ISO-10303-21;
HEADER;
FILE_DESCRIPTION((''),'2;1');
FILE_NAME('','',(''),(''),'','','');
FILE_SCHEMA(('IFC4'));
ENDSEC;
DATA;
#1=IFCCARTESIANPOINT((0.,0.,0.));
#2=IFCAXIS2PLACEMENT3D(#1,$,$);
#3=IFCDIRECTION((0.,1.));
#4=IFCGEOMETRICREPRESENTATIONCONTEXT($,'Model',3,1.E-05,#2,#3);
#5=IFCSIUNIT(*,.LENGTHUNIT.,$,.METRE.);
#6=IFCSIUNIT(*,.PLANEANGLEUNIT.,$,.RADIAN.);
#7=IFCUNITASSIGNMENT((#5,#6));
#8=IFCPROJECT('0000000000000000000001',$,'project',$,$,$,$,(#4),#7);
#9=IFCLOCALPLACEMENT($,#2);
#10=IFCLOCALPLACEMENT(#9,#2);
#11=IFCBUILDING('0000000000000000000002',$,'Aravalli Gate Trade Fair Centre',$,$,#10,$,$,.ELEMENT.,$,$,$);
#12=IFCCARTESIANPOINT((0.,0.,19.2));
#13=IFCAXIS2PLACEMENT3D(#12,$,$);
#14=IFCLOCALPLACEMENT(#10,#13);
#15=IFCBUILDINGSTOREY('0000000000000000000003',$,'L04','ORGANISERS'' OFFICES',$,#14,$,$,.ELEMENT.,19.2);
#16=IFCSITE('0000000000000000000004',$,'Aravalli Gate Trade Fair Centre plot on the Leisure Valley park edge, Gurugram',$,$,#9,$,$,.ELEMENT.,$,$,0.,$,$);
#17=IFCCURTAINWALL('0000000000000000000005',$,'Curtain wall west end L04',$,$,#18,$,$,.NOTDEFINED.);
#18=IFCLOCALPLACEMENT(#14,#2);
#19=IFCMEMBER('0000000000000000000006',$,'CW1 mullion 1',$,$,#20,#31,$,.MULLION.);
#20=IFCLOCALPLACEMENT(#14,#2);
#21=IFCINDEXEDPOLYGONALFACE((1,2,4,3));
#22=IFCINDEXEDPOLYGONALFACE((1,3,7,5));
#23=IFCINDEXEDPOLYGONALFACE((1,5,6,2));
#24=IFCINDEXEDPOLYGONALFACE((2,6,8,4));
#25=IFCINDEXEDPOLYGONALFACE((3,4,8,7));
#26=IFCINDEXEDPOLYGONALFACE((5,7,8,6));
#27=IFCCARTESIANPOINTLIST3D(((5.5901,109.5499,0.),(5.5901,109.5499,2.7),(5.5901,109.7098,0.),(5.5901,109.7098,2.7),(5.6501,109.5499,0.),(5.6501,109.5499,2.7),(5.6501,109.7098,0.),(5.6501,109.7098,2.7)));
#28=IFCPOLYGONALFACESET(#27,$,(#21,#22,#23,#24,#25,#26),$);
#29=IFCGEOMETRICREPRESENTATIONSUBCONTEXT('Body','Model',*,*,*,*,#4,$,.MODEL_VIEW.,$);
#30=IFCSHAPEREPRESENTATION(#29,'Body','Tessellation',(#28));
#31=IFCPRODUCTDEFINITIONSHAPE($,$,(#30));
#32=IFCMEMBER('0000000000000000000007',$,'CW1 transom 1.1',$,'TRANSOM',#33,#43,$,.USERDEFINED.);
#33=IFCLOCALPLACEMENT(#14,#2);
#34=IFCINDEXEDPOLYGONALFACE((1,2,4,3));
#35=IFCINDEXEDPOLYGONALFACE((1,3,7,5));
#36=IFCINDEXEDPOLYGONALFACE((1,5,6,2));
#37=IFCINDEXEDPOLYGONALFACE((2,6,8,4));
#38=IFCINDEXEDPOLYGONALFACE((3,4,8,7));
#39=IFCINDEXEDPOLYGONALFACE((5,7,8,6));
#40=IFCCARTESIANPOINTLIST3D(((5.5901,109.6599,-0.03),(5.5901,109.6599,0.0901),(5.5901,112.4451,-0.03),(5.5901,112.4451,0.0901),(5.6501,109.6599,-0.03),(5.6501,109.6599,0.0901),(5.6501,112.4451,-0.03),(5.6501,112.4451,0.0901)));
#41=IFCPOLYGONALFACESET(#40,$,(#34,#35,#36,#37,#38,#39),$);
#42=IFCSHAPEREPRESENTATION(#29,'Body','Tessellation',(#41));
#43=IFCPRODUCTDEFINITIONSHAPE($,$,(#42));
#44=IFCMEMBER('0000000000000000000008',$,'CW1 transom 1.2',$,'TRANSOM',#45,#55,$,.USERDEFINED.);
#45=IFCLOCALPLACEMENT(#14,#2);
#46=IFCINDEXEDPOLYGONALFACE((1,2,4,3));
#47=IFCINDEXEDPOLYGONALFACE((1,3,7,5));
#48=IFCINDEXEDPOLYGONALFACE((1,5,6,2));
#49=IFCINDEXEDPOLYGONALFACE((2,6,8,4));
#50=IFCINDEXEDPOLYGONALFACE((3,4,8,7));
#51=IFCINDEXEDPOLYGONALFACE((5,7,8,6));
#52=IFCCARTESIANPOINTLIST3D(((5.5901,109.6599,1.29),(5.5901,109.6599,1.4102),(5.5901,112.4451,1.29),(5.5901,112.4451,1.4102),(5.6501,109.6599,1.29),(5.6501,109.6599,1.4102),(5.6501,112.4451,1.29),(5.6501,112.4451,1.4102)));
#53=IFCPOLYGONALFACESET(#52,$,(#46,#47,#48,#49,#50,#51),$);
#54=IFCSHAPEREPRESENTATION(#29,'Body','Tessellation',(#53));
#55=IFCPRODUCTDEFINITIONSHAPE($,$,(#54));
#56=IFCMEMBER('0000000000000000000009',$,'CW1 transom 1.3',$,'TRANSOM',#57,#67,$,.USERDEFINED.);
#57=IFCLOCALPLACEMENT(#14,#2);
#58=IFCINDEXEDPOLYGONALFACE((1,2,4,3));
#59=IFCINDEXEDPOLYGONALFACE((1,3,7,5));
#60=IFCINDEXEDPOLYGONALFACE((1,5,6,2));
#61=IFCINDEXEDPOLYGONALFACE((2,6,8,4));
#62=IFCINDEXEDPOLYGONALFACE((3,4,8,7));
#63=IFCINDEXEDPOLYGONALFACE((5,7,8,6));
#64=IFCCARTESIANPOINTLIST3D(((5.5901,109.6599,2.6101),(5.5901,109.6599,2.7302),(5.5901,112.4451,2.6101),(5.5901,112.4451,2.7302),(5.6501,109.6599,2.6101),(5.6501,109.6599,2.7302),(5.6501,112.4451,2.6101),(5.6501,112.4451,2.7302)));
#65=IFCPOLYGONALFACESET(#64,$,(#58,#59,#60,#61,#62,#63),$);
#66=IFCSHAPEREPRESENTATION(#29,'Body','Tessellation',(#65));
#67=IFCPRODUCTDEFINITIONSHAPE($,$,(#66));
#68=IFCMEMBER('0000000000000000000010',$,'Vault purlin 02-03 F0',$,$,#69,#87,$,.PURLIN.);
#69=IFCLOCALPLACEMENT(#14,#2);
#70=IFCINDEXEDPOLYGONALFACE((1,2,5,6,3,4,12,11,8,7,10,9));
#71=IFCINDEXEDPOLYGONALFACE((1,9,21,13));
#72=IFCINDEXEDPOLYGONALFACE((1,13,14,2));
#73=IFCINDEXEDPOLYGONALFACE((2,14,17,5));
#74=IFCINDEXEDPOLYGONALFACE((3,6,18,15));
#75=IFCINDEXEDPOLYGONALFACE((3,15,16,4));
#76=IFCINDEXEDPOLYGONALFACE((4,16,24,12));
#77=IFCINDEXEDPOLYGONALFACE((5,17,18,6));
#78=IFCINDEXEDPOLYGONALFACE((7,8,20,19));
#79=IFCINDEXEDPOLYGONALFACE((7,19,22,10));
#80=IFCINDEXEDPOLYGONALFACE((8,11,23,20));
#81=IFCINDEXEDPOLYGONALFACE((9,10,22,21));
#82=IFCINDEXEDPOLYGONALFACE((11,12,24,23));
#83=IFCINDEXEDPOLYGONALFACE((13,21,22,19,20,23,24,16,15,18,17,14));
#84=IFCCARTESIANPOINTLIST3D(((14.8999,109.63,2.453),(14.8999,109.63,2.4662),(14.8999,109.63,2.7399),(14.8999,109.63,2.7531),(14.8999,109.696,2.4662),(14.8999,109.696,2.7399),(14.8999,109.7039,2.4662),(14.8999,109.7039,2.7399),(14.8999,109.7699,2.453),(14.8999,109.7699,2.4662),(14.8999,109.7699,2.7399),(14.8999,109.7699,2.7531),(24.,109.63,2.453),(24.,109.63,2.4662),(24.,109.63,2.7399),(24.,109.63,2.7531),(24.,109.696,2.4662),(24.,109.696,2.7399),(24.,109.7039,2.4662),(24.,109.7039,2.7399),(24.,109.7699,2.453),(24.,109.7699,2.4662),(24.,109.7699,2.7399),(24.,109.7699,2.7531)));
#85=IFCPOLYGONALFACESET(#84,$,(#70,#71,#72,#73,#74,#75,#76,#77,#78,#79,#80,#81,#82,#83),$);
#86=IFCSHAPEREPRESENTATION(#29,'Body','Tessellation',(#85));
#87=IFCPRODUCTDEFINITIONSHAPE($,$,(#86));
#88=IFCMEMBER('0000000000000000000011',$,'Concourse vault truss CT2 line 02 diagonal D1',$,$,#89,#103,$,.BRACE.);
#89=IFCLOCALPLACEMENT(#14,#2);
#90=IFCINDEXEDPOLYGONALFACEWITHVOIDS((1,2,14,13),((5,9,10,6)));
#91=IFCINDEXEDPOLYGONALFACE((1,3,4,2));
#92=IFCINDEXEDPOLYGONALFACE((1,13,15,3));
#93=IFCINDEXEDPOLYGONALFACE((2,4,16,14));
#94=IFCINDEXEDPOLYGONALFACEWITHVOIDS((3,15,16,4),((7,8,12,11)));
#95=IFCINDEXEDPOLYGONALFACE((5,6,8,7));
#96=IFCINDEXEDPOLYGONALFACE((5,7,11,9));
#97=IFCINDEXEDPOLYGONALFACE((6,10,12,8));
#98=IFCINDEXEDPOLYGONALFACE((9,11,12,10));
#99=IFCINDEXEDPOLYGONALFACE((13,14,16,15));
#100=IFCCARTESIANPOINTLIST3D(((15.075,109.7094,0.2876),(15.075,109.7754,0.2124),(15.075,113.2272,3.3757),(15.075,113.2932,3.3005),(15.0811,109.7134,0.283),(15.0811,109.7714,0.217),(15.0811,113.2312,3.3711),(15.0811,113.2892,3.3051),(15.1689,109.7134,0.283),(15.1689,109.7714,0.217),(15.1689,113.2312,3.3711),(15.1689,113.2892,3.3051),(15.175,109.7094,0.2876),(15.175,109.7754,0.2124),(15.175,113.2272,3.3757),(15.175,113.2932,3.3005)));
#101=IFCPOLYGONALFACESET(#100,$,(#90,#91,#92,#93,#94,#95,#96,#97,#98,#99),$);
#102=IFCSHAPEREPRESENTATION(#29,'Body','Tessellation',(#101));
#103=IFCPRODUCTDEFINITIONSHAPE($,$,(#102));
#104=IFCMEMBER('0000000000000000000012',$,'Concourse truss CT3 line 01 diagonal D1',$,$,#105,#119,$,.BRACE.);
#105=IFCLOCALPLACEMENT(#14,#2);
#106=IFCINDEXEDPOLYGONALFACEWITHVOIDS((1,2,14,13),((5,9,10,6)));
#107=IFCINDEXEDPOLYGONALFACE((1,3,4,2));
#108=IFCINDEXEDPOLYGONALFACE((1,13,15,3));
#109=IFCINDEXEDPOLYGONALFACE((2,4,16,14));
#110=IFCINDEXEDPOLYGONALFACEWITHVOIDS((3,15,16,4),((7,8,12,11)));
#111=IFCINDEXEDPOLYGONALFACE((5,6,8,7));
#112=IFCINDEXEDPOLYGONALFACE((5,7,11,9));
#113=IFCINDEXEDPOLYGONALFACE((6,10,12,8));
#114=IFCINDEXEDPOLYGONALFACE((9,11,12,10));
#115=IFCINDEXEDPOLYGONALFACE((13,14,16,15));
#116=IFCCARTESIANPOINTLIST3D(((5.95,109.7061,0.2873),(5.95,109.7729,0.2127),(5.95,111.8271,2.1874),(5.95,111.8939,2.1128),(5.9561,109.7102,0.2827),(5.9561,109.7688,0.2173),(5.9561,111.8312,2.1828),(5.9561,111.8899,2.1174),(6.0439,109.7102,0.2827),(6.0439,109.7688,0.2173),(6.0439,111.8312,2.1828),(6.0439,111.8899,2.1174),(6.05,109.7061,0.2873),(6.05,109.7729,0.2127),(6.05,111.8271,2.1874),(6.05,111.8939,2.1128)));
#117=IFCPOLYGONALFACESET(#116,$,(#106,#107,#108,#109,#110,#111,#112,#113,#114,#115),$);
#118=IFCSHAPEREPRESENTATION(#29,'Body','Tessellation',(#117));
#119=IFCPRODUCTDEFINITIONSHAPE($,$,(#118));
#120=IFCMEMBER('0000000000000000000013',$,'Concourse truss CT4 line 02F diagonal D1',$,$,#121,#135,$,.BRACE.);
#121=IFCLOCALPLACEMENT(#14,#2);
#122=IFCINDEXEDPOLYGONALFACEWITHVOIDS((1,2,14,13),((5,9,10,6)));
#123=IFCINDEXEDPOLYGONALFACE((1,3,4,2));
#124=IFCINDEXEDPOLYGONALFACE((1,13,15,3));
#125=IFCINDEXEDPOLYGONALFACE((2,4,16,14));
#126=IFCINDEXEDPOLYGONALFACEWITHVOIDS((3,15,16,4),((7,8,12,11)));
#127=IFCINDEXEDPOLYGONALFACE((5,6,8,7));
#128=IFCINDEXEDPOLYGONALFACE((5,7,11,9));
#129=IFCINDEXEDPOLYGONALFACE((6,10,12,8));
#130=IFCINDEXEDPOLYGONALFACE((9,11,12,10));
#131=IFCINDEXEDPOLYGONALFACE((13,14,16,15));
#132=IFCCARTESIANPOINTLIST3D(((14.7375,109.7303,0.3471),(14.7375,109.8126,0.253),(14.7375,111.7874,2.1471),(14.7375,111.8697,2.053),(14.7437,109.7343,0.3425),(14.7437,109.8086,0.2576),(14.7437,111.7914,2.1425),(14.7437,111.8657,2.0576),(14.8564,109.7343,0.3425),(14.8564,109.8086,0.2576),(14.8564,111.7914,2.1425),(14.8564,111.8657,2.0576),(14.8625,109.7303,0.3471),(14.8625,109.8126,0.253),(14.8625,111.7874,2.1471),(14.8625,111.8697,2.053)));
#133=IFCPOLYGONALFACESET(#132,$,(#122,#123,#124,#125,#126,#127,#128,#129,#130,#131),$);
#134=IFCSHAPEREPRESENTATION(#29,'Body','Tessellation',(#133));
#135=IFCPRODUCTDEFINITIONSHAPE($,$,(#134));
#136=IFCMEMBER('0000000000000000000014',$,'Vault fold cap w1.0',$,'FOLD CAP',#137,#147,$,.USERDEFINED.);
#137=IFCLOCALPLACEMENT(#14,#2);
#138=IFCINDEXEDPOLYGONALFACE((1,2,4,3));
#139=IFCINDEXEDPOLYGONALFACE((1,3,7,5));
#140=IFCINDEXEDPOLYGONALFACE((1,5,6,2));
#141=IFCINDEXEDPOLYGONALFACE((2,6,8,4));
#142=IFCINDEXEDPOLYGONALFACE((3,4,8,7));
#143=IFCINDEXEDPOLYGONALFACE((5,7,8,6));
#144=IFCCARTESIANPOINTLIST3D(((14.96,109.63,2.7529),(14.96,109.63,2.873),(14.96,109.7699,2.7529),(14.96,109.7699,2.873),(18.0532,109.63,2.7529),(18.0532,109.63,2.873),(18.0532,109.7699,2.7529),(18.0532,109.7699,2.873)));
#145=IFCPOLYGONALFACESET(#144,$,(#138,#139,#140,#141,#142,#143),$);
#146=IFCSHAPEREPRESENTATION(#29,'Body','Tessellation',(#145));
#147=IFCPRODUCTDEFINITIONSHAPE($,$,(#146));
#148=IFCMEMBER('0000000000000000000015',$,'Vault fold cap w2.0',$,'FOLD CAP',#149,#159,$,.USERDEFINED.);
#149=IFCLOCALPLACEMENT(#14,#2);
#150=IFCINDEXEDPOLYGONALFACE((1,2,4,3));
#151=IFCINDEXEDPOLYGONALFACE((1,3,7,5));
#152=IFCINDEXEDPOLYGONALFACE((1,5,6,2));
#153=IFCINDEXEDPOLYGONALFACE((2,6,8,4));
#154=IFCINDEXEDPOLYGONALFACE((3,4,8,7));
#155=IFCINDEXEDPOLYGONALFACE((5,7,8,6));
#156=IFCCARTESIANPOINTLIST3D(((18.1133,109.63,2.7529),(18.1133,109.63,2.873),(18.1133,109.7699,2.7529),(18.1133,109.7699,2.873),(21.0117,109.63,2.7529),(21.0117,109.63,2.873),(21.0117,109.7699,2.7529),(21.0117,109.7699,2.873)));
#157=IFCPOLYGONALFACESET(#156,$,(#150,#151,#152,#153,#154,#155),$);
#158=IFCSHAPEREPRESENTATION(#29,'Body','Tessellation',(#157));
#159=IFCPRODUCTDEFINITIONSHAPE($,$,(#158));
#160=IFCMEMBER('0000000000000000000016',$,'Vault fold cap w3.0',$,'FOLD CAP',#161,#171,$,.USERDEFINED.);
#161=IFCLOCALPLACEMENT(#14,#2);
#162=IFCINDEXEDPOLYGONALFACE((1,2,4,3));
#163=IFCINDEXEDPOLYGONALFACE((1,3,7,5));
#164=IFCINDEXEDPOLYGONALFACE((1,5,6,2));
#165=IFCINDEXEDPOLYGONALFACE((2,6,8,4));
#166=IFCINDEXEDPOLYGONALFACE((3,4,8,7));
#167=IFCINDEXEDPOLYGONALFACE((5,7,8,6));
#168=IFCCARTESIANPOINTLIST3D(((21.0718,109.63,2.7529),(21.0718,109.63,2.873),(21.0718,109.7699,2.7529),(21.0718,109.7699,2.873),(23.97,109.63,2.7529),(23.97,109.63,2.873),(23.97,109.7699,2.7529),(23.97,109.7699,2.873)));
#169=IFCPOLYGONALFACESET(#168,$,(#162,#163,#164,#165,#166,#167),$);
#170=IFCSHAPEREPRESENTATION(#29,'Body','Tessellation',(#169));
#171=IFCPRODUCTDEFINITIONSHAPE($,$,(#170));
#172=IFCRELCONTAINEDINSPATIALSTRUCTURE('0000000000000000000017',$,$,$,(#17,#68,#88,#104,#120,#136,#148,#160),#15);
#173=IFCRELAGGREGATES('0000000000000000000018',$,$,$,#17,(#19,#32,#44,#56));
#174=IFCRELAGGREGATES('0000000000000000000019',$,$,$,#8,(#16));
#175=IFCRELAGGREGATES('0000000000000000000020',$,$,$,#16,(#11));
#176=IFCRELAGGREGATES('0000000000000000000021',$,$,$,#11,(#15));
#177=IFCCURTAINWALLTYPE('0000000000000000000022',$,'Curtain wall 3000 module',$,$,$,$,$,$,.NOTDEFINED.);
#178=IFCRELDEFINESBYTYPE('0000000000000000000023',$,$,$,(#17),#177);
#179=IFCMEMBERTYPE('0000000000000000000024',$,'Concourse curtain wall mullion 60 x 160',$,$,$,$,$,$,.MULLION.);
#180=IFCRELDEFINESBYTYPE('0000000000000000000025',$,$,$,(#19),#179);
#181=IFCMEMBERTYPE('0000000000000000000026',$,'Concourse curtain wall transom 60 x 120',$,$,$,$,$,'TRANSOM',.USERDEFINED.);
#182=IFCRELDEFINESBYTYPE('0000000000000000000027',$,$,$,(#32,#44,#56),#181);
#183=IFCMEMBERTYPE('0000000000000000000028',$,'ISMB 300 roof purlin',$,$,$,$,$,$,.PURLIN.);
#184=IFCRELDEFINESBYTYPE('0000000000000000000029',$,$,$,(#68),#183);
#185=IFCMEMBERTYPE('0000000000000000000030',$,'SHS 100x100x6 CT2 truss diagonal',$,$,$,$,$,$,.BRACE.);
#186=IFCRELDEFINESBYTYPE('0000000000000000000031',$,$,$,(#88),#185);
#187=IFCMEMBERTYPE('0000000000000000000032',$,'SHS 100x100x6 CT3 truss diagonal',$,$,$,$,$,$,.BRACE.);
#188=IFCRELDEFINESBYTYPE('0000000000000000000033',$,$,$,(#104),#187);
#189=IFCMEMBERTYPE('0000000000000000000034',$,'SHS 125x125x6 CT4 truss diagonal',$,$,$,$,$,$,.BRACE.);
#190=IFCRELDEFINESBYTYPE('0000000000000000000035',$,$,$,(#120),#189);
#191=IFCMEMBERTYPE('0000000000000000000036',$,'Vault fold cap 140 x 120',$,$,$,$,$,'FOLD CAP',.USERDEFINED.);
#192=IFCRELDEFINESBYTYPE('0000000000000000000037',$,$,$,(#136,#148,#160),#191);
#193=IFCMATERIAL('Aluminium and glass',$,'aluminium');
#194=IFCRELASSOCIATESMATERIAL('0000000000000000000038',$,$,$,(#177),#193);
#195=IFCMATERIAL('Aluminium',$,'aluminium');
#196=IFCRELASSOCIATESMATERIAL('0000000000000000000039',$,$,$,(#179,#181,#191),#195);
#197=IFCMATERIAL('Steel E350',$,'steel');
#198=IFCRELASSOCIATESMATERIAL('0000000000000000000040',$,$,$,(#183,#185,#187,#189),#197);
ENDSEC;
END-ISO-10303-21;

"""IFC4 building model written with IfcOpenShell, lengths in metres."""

from ifc_helpers import new_model, si_unit, direction, frame, origin, origin_2d, place, context, subcontext, project, spatial, rectangle, hollow_rectangle, i_section, extrude, material, material_profile, profile_set, type_object, element, aggregate, save


model = new_model("IFC4")

# Units and contexts
model_context = context("Model", 3, precision=1e-05, world=origin(), true_north=direction((0.0, 1.0)))
body_context = subcontext(model_context, "Body", "Model", "MODEL_VIEW")
ifc_project = project(units=[si_unit("LENGTHUNIT", "METRE"), si_unit("PLANEANGLEUNIT", "RADIAN")], contexts=[model_context])

# Site, building, storey
site_placement = place(None, origin())
site = spatial("IfcSite", under=ifc_project, at=site_placement, Name="Aravalli Gate Trade Fair Centre plot on the Leisure Valley park edge, Gurugram", CompositionType="ELEMENT", RefElevation=0.0)
building_placement = place(site_placement, origin())
building = spatial("IfcBuilding", under=site, at=building_placement, Name="Aravalli Gate Trade Fair Centre", CompositionType="ELEMENT")
storey_placement = place(building_placement, frame((0.0, 0.0, 19.2)))
storey = spatial("IfcBuildingStorey", under=building, at=storey_placement, Name="L04", Description="ORGANISERS' OFFICES", CompositionType="ELEMENT", Elevation=19.2)

# Curtain wall, members
ifc_material_1 = material(Name="Aluminium and glass", Category="aluminium")
curtain_wall_type_1 = type_object("IfcCurtainWallType", Name="Curtain wall 3000 module", PredefinedType="NOTDEFINED", material=ifc_material_1)
curtain_wall_1_placement = place(storey_placement, origin())
curtain_wall_1 = element("IfcCurtainWall", 1, at=curtain_wall_1_placement, inside=storey, type_object=curtain_wall_type_1, Name="Curtain wall west end L04", PredefinedType="NOTDEFINED")
ifc_material_2 = material(Name="Aluminium", Category="aluminium")
ifc_material_profile_1 = material_profile(ifc_material_2, rectangle(XDim=0.0601, YDim=0.1599, at=origin_2d()), Name="Concourse curtain wall mullion 60 x 160")
ifc_profile_set_1 = profile_set([ifc_material_profile_1], Name="Aluminium")
member_type_1 = type_object("IfcMemberType", Name="Concourse curtain wall mullion 60 x 160", PredefinedType="MULLION", material=ifc_profile_set_1)
member_1_placement = place(storey_placement, frame((5.6201, 109.6299, 0.0), z_axis=(0.0, 0.0, 1.0), x_axis=(-1.0, 0.0, 0.0)))
member_1 = element("IfcMember", 2, at=member_1_placement, type_object=member_type_1, Name="CW1 mullion 1", PredefinedType="MULLION", context=body_context, shape_type="SweptSolid", body=[
    extrude(rectangle(XDim=0.0601, YDim=0.1599, at=origin_2d()), origin(), (0.0, 0.0, 1.0), 2.7),
])
ifc_material_profile_2 = material_profile(ifc_material_2, rectangle(XDim=0.0601, YDim=0.1201, at=origin_2d()), Name="Concourse curtain wall transom 60 x 120")
ifc_profile_set_2 = profile_set([ifc_material_profile_2], Name="Aluminium")
member_type_2 = type_object("IfcMemberType", Name="Concourse curtain wall transom 60 x 120", ElementType="TRANSOM", PredefinedType="USERDEFINED", material=ifc_profile_set_2)
member_2_placement = place(storey_placement, frame((5.6201, 109.6599, 0.03), z_axis=(0.0, 1.0, 0.0), x_axis=(-1.0, 0.0, 0.0)))
member_2 = element("IfcMember", 3, at=member_2_placement, type_object=member_type_2, Name="CW1 transom 1.1", ObjectType="TRANSOM", PredefinedType="USERDEFINED", context=body_context, shape_type="SweptSolid", body=[
    extrude(rectangle(XDim=0.0601, YDim=0.1201, at=origin_2d()), origin(), (0.0, 0.0, 1.0), 2.7852),
])
member_3_placement = place(storey_placement, frame((5.6201, 109.6599, 1.3501), z_axis=(0.0, 1.0, 0.0), x_axis=(-1.0, 0.0, 0.0)))
member_3 = element("IfcMember", 4, at=member_3_placement, type_object=member_type_2, Name="CW1 transom 1.2", ObjectType="TRANSOM", PredefinedType="USERDEFINED", context=body_context, shape_type="SweptSolid", body=[
    extrude(rectangle(XDim=0.0601, YDim=0.1201, at=origin_2d()), origin(), (0.0, 0.0, 1.0), 2.7852),
])
member_4_placement = place(storey_placement, frame((5.6201, 109.6599, 2.6702), z_axis=(0.0, 1.0, 0.0), x_axis=(-1.0, 0.0, 0.0)))
member_4 = element("IfcMember", 5, at=member_4_placement, type_object=member_type_2, Name="CW1 transom 1.3", ObjectType="TRANSOM", PredefinedType="USERDEFINED", context=body_context, shape_type="SweptSolid", body=[
    extrude(rectangle(XDim=0.0601, YDim=0.1201, at=origin_2d()), origin(), (0.0, 0.0, 1.0), 2.7852),
])
aggregate(curtain_wall_1, [member_1, member_2, member_3, member_4])

# Members
ifc_material_3 = material(Name="Steel E350", Category="steel")
ifc_material_profile_3 = material_profile(ifc_material_3, i_section(OverallWidth=0.1399, OverallDepth=0.3, WebThickness=0.0078, FlangeThickness=0.0132, at=origin_2d()), Name="ISMB 300")
ifc_profile_set_3 = profile_set([ifc_material_profile_3], Name="Steel E350")
member_type_3 = type_object("IfcMemberType", Name="ISMB 300 roof purlin", PredefinedType="PURLIN", material=ifc_profile_set_3)
member_5_placement = place(storey_placement, frame((14.8999, 109.7, 2.603), z_axis=(1.0, 0.0, 0.0), x_axis=(0.0, 1.0, 0.0)))
element("IfcMember", 6, at=member_5_placement, inside=storey, type_object=member_type_3, Name="Vault purlin 02-03 F0", PredefinedType="PURLIN", context=body_context, shape_type="SweptSolid", body=[
    extrude(i_section(OverallWidth=0.1399, OverallDepth=0.3, WebThickness=0.0078, FlangeThickness=0.0132, at=origin_2d()), origin(), (0.0, 0.0, 1.0), 9.1001),
])
ifc_material_profile_4 = material_profile(ifc_material_3, hollow_rectangle(XDim=0.1001, YDim=0.1001, WallThickness=0.0061, at=origin_2d()), Name="SHS 100x100x6")
ifc_profile_set_4 = profile_set([ifc_material_profile_4], Name="Steel E350")
member_type_4 = type_object("IfcMemberType", Name="SHS 100x100x6 CT2 truss diagonal", PredefinedType="BRACE", material=ifc_profile_set_4)
member_6_placement = place(storey_placement, frame((15.125, 109.7424, 0.25), z_axis=(0.0, 0.751513, 0.659719), x_axis=(-1.0, 0.0, 0.0)))
element("IfcMember", 7, at=member_6_placement, inside=storey, type_object=member_type_4, Name="Concourse vault truss CT2 line 02 diagonal D1", PredefinedType="BRACE", context=body_context, shape_type="SweptSolid", body=[
    extrude(hollow_rectangle(XDim=0.1001, YDim=0.1001, WallThickness=0.0061, at=origin_2d()), origin(), (0.0, 0.0, 1.0), 4.6809),
])
ifc_material_profile_5 = material_profile(ifc_material_3, hollow_rectangle(XDim=0.1001, YDim=0.1001, WallThickness=0.0061, at=origin_2d()), Name="SHS 100x100x6")
ifc_profile_set_5 = profile_set([ifc_material_profile_5], Name="Steel E350")
member_type_5 = type_object("IfcMemberType", Name="SHS 100x100x6 CT3 truss diagonal", PredefinedType="BRACE", material=ifc_profile_set_5)
member_7_placement = place(storey_placement, frame((6.0, 109.7395, 0.25), z_axis=(0.0, 0.744835, 0.667248), x_axis=(-1.0, 0.0, 0.0)))
element("IfcMember", 8, at=member_7_placement, inside=storey, type_object=member_type_5, Name="Concourse truss CT3 line 01 diagonal D1", PredefinedType="BRACE", context=body_context, shape_type="SweptSolid", body=[
    extrude(hollow_rectangle(XDim=0.1001, YDim=0.1001, WallThickness=0.0061, at=origin_2d()), origin(), (0.0, 0.0, 1.0), 2.8477),
])
ifc_material_profile_6 = material_profile(ifc_material_3, hollow_rectangle(XDim=0.125, YDim=0.125, WallThickness=0.0061, at=origin_2d()), Name="SHS 125x125x6")
ifc_profile_set_6 = profile_set([ifc_material_profile_6], Name="Steel E350")
member_type_6 = type_object("IfcMemberType", Name="SHS 125x125x6 CT4 truss diagonal", PredefinedType="BRACE", material=ifc_profile_set_6)
member_8_placement = place(storey_placement, frame((14.8, 109.7715, 0.3), z_axis=(0.0, 0.752566, 0.658517), x_axis=(-1.0, 0.0, 0.0)))
element("IfcMember", 9, at=member_8_placement, inside=storey, type_object=member_type_6, Name="Concourse truss CT4 line 02F diagonal D1", PredefinedType="BRACE", context=body_context, shape_type="SweptSolid", body=[
    extrude(hollow_rectangle(XDim=0.125, YDim=0.125, WallThickness=0.0061, at=origin_2d()), origin(), (0.0, 0.0, 1.0), 2.7334),
])
ifc_material_profile_7 = material_profile(ifc_material_2, rectangle(XDim=0.1399, YDim=0.1201, at=origin_2d()), Name="Vault fold cap 140 x 120")
ifc_profile_set_7 = profile_set([ifc_material_profile_7], Name="Aluminium")
member_type_7 = type_object("IfcMemberType", Name="Vault fold cap 140 x 120", ElementType="FOLD CAP", PredefinedType="USERDEFINED", material=ifc_profile_set_7)
member_9_placement = place(storey_placement, frame((14.96, 109.7, 2.813), z_axis=(1.0, 0.0, 0.0), x_axis=(0.0, 1.0, 0.0)))
element("IfcMember", 10, at=member_9_placement, inside=storey, type_object=member_type_7, Name="Vault fold cap w1.0", ObjectType="FOLD CAP", PredefinedType="USERDEFINED", context=body_context, shape_type="SweptSolid", body=[
    extrude(rectangle(XDim=0.1399, YDim=0.1201, at=origin_2d()), origin(), (0.0, 0.0, 1.0), 3.0933),
])
member_10_placement = place(storey_placement, frame((18.1133, 109.7, 2.813), z_axis=(1.0, 0.0, 0.0), x_axis=(0.0, 1.0, 0.0)))
element("IfcMember", 11, at=member_10_placement, inside=storey, type_object=member_type_7, Name="Vault fold cap w2.0", ObjectType="FOLD CAP", PredefinedType="USERDEFINED", context=body_context, shape_type="SweptSolid", body=[
    extrude(rectangle(XDim=0.1399, YDim=0.1201, at=origin_2d()), origin(), (0.0, 0.0, 1.0), 2.8984),
])
member_11_placement = place(storey_placement, frame((21.0718, 109.7, 2.813), z_axis=(1.0, 0.0, 0.0), x_axis=(0.0, 1.0, 0.0)))
element("IfcMember", 12, at=member_11_placement, inside=storey, type_object=member_type_7, Name="Vault fold cap w3.0", ObjectType="FOLD CAP", PredefinedType="USERDEFINED", context=body_context, shape_type="SweptSolid", body=[
    extrude(rectangle(XDim=0.1399, YDim=0.1201, at=origin_2d()), origin(), (0.0, 0.0, 1.0), 2.8982),
])

save(model, "model.ifc")
